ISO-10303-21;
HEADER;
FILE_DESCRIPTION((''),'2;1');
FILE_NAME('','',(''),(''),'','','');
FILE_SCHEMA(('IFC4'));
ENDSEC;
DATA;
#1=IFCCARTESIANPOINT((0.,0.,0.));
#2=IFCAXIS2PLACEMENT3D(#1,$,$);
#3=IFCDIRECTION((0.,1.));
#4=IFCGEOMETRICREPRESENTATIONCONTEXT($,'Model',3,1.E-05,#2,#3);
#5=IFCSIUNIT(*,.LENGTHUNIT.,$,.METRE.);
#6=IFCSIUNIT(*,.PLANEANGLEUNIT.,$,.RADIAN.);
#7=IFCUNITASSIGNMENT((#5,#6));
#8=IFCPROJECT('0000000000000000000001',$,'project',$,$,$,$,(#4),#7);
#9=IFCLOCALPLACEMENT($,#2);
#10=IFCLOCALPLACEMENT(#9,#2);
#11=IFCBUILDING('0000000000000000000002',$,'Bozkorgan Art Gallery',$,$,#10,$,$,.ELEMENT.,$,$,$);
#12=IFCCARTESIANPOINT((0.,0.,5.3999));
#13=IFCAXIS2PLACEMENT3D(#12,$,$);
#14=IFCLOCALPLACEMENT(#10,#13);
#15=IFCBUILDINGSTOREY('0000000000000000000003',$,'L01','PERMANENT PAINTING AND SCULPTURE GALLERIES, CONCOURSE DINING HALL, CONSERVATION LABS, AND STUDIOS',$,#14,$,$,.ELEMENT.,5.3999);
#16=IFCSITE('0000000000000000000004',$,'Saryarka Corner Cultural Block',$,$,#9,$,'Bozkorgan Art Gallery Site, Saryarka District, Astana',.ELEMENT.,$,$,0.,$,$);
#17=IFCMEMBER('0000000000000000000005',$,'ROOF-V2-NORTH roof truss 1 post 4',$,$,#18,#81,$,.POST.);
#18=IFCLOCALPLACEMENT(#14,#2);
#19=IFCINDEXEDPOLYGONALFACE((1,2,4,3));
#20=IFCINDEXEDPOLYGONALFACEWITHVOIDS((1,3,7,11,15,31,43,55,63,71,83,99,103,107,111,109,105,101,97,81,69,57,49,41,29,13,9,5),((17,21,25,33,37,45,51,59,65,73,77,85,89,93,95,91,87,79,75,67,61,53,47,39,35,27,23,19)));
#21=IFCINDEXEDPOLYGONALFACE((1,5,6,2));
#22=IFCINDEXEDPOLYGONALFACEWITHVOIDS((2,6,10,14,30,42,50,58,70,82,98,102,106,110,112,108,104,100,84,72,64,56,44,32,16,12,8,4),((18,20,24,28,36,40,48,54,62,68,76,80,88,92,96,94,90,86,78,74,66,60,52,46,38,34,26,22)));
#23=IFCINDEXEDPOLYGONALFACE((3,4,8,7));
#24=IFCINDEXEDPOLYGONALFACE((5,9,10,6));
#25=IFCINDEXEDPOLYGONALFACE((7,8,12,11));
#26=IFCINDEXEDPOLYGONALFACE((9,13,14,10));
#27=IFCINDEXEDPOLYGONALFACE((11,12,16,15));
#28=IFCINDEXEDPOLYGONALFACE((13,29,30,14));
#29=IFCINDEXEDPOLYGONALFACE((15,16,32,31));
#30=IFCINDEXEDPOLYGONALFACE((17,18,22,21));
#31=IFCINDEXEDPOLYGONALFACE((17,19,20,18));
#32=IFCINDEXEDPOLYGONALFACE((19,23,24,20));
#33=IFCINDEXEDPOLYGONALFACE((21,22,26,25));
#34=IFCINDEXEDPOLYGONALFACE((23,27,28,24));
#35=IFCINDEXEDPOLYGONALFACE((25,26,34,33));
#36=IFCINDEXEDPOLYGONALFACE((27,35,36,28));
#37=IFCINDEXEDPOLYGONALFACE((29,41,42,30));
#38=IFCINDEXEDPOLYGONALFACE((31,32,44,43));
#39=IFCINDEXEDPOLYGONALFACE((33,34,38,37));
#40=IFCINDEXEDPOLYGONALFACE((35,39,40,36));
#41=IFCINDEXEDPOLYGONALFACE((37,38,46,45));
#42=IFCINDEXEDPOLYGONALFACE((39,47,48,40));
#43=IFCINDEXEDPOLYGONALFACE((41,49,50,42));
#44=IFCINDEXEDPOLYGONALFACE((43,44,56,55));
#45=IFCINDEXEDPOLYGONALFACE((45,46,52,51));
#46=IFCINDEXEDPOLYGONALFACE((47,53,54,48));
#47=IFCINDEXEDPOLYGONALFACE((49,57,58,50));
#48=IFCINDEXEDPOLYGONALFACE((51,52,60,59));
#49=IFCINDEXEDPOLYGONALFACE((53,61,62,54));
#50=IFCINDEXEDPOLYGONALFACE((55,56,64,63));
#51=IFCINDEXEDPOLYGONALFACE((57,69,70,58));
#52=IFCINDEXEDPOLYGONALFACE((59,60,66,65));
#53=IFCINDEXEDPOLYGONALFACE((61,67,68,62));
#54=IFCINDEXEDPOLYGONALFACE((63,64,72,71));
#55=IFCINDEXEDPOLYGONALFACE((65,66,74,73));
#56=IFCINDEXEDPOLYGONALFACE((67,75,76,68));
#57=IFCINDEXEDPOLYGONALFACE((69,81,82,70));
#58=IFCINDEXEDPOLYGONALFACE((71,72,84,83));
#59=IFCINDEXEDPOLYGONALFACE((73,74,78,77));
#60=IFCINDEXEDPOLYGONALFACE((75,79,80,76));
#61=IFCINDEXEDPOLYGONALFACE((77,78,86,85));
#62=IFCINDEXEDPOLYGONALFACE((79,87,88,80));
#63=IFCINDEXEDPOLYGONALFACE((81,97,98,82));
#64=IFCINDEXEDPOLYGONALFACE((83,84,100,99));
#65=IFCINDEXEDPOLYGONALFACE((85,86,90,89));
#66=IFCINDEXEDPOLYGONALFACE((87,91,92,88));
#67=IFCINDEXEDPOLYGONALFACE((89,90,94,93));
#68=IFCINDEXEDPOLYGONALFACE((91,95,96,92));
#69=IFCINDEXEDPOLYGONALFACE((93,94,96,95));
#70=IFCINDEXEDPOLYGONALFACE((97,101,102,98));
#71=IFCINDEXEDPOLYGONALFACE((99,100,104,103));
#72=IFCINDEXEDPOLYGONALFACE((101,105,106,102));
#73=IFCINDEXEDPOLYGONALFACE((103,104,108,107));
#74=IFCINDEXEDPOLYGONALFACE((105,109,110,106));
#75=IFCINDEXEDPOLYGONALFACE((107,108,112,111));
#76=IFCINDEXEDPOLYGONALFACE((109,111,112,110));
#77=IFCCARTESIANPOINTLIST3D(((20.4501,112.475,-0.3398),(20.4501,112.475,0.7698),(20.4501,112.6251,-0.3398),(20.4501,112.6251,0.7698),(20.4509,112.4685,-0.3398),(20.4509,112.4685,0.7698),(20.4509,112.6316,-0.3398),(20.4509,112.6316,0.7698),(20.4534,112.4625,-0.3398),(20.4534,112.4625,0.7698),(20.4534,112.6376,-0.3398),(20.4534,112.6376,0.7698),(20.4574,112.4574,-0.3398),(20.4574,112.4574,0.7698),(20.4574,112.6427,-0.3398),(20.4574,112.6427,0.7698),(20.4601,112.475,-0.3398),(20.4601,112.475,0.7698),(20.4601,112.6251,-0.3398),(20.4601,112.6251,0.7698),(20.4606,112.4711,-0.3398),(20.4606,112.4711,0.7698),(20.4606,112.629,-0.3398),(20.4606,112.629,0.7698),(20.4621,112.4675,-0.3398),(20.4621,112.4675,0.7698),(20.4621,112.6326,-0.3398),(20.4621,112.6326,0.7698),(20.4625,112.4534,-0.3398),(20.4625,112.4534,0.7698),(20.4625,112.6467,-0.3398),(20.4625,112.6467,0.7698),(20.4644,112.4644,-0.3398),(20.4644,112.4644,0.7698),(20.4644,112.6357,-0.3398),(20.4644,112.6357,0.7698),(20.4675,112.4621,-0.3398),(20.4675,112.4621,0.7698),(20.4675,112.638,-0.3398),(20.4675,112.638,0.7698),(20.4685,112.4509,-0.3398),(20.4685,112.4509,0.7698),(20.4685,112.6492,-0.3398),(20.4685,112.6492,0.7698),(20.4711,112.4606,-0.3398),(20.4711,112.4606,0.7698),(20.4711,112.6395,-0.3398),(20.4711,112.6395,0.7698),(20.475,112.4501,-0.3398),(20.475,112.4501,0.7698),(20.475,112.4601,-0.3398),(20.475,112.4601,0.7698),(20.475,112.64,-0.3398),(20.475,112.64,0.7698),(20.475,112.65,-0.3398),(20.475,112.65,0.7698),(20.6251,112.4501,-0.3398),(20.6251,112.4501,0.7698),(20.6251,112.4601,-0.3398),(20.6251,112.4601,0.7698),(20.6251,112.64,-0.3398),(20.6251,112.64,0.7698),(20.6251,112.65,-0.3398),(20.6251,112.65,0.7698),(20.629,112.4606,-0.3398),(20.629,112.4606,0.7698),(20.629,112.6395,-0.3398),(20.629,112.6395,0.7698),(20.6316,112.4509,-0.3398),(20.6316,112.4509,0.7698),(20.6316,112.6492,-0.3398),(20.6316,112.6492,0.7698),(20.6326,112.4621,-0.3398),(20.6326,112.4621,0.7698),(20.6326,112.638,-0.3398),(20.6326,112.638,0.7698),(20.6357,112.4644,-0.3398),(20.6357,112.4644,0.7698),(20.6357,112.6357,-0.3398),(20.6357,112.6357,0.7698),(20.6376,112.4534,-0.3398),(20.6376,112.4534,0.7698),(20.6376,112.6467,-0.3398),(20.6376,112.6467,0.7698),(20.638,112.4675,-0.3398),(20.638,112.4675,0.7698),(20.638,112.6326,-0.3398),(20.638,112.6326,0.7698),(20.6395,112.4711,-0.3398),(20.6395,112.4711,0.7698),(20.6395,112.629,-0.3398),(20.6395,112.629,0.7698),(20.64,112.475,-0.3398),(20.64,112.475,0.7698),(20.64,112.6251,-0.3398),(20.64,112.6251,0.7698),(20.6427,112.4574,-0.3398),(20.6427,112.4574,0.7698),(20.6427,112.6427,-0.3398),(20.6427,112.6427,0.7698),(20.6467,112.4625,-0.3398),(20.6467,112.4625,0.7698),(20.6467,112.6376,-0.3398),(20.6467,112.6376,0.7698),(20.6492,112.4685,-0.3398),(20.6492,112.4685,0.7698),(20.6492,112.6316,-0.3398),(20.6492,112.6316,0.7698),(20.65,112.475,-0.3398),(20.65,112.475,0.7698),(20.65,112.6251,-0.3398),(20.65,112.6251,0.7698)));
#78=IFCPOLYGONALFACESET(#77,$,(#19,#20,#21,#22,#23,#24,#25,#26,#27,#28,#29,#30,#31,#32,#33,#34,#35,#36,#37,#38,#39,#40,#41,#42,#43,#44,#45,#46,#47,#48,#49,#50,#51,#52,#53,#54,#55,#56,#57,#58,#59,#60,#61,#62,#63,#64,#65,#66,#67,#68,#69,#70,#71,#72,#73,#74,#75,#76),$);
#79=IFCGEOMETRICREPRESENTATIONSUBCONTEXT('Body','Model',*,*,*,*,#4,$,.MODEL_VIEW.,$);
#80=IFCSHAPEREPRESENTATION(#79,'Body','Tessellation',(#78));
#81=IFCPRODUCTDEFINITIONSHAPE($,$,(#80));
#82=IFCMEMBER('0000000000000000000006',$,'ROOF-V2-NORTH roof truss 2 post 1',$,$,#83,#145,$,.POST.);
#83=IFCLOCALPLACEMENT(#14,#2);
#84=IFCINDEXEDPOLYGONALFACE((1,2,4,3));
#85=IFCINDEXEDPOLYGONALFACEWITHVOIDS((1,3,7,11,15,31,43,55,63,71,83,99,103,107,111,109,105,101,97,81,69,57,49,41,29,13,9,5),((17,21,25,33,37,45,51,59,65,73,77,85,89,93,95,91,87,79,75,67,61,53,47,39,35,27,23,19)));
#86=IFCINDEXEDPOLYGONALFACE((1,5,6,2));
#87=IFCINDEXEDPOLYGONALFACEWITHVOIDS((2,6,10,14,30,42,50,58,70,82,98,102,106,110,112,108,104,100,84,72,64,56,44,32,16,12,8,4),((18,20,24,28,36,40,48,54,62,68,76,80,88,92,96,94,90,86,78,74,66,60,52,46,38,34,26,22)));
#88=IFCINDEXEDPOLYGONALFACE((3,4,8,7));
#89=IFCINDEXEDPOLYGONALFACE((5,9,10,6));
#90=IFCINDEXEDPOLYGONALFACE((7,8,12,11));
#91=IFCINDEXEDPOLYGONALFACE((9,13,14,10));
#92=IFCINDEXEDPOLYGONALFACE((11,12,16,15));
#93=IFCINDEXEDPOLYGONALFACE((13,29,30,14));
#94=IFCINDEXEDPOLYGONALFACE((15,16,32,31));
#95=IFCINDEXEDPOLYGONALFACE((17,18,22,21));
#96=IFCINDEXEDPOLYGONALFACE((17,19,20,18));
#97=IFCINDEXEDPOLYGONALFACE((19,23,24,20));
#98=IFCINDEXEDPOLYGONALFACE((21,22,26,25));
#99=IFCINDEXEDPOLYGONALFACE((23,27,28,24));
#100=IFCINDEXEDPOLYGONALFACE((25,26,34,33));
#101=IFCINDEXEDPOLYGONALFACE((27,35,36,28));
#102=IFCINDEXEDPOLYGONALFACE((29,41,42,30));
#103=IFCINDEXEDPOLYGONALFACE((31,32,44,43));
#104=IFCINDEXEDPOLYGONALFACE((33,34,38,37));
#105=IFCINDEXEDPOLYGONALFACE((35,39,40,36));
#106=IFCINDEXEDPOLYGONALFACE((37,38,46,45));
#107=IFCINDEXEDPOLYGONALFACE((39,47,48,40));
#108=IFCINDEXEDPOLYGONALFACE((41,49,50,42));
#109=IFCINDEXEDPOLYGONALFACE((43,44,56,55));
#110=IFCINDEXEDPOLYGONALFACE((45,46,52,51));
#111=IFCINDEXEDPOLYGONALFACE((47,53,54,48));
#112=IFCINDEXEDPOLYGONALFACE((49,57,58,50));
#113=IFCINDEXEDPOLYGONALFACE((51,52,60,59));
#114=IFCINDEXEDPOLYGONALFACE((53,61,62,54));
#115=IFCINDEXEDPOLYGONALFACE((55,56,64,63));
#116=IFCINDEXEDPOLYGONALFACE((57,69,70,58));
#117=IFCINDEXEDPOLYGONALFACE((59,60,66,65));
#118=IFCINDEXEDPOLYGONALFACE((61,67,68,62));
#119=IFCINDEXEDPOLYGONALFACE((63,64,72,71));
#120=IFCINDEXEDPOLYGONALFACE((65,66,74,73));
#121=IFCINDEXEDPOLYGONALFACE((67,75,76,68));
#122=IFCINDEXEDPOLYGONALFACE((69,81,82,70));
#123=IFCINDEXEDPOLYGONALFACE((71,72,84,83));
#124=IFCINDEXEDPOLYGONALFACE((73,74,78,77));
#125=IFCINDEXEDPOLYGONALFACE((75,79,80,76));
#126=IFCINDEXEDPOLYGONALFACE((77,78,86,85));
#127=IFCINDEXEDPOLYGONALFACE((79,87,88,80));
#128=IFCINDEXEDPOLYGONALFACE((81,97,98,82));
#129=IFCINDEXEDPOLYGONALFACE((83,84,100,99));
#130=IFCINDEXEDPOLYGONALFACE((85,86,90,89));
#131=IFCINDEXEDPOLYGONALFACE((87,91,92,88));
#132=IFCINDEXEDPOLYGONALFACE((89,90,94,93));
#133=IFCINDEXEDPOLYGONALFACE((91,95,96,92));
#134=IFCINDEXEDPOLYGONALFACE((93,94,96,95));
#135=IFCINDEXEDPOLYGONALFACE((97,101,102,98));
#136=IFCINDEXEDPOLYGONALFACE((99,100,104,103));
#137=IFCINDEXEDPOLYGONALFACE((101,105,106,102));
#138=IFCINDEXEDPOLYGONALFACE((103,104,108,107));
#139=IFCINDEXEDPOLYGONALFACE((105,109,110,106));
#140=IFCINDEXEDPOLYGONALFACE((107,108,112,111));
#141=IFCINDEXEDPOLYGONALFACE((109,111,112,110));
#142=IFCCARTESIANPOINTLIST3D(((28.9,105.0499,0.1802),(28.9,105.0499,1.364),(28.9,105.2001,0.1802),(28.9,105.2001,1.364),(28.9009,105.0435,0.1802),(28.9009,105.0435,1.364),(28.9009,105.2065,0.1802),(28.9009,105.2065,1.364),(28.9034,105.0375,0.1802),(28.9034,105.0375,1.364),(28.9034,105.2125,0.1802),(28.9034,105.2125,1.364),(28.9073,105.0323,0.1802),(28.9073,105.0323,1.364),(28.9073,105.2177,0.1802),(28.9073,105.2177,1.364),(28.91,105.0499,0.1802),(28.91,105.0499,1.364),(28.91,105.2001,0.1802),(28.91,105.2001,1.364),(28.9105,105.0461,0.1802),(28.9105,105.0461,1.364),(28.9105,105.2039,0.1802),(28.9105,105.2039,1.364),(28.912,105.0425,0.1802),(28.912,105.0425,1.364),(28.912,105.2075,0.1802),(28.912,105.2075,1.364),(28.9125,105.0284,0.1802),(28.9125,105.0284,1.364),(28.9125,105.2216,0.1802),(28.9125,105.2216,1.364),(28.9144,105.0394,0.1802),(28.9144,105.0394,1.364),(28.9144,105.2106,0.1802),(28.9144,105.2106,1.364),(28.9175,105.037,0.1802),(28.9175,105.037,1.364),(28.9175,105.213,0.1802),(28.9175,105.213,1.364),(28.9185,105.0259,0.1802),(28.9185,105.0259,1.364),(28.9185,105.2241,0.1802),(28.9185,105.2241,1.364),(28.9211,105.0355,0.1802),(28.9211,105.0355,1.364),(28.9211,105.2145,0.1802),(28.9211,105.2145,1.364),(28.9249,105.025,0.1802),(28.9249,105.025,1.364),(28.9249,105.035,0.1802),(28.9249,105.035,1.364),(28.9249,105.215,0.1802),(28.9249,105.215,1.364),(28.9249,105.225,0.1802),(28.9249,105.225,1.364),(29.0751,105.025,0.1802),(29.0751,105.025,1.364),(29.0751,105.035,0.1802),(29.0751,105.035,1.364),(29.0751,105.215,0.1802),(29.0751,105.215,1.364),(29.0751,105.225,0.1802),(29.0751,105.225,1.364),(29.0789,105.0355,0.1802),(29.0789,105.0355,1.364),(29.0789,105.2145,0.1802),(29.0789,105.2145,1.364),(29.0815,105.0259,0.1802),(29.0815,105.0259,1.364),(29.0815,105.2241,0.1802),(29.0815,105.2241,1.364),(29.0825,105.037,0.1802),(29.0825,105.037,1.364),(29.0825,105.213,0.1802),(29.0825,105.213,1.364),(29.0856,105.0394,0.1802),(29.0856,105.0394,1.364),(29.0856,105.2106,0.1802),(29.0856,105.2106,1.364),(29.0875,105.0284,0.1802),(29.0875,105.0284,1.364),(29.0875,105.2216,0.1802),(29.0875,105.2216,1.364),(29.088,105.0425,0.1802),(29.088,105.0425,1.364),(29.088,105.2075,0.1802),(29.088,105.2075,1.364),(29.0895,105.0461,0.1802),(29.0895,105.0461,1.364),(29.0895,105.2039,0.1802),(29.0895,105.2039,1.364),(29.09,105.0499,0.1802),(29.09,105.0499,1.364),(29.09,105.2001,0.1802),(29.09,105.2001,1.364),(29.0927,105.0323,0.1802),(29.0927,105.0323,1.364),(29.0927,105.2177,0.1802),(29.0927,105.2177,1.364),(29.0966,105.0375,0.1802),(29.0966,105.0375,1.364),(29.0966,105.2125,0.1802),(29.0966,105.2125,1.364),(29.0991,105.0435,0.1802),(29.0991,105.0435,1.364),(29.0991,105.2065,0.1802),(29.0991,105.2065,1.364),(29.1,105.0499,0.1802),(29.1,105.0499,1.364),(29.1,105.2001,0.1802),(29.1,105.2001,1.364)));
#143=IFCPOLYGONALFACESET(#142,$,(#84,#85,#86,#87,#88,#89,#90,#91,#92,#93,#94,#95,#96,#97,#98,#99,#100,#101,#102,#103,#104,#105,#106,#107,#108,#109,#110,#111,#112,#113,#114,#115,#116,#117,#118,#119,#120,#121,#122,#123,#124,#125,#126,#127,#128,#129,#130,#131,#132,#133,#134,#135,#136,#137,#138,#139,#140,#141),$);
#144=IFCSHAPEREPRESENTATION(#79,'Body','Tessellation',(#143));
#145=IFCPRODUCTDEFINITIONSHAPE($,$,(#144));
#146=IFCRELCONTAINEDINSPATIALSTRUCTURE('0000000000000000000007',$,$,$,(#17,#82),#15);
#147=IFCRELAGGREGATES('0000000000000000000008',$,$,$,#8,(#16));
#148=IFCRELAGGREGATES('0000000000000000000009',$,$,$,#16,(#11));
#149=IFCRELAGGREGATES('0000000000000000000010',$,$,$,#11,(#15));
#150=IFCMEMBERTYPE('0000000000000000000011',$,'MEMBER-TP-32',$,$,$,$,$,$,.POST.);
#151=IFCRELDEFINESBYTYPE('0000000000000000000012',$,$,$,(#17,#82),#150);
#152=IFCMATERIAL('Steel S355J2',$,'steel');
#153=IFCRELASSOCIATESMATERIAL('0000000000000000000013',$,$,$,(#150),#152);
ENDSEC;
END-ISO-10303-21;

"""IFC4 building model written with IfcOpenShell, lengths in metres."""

from ifc_helpers import new_model, si_unit, direction, frame, origin, origin_2d, place, context, subcontext, project, spatial, hollow_rectangle, extrude, material, material_profile, profile_set, type_object, element, save


model = new_model("IFC4")

# Units and contexts
model_context = context("Model", 3, precision=1e-05, world=origin(), true_north=direction((0.0, 1.0)))
body_context = subcontext(model_context, "Body", "Model", "MODEL_VIEW")
ifc_project = project(units=[si_unit("LENGTHUNIT", "METRE"), si_unit("PLANEANGLEUNIT", "RADIAN")], contexts=[model_context])

# Site, building, storey
site_placement = place(None, origin())
site = spatial("IfcSite", under=ifc_project, at=site_placement, Name="Saryarka Corner Cultural Block", LongName="Bozkorgan Art Gallery Site, Saryarka District, Astana", CompositionType="ELEMENT", RefElevation=0.0)
building_placement = place(site_placement, origin())
building = spatial("IfcBuilding", under=site, at=building_placement, Name="Bozkorgan Art Gallery", CompositionType="ELEMENT")
storey_placement = place(building_placement, frame((0.0, 0.0, 5.3999)))
storey = spatial("IfcBuildingStorey", under=building, at=storey_placement, Name="L01", Description="PERMANENT PAINTING AND SCULPTURE GALLERIES, CONCOURSE DINING HALL, CONSERVATION LABS, AND STUDIOS", CompositionType="ELEMENT", Elevation=5.3999)

# Shared definitions
ifc_material_1 = material(Name="Steel S355J2", Category="steel")

# Members
ifc_material_profile_1 = material_profile(ifc_material_1, hollow_rectangle(XDim=0.2, YDim=0.2, WallThickness=0.01, InnerFilletRadius=0.0149, OuterFilletRadius=0.0249, at=origin_2d()), Name="SHS 200x200x10")
ifc_profile_set_1 = profile_set([ifc_material_profile_1], Name="Steel S355J2")
member_type_1 = type_object("IfcMemberType", Name="MEMBER-TP-32", PredefinedType="POST", material=ifc_profile_set_1)
member_1_placement = place(storey_placement, frame((20.55, 112.55, -0.3398), z_axis=(0.0, 0.0, 1.0), x_axis=(1.0, 0.0, 0.0)))
element("IfcMember", 1, at=member_1_placement, inside=storey, type_object=member_type_1, Name="ROOF-V2-NORTH roof truss 1 post 4", PredefinedType="POST", context=body_context, shape_type="SweptSolid", body=[
    extrude(hollow_rectangle(XDim=0.2, YDim=0.2, WallThickness=0.01, InnerFilletRadius=0.0149, OuterFilletRadius=0.0249, at=origin_2d()), origin(), (0.0, 0.0, 1.0), 1.1096),
])
member_2_placement = place(storey_placement, frame((29.0, 105.125, 0.1802), z_axis=(0.0, 0.0, 1.0), x_axis=(1.0, 0.0, 0.0)))
element("IfcMember", 2, at=member_2_placement, inside=storey, type_object=member_type_1, Name="ROOF-V2-NORTH roof truss 2 post 1", PredefinedType="POST", context=body_context, shape_type="SweptSolid", body=[
    extrude(hollow_rectangle(XDim=0.2, YDim=0.2, WallThickness=0.01, InnerFilletRadius=0.0149, OuterFilletRadius=0.0249, at=origin_2d()), origin(), (0.0, 0.0, 1.0), 1.1838),
])

save(model, "model.ifc")
